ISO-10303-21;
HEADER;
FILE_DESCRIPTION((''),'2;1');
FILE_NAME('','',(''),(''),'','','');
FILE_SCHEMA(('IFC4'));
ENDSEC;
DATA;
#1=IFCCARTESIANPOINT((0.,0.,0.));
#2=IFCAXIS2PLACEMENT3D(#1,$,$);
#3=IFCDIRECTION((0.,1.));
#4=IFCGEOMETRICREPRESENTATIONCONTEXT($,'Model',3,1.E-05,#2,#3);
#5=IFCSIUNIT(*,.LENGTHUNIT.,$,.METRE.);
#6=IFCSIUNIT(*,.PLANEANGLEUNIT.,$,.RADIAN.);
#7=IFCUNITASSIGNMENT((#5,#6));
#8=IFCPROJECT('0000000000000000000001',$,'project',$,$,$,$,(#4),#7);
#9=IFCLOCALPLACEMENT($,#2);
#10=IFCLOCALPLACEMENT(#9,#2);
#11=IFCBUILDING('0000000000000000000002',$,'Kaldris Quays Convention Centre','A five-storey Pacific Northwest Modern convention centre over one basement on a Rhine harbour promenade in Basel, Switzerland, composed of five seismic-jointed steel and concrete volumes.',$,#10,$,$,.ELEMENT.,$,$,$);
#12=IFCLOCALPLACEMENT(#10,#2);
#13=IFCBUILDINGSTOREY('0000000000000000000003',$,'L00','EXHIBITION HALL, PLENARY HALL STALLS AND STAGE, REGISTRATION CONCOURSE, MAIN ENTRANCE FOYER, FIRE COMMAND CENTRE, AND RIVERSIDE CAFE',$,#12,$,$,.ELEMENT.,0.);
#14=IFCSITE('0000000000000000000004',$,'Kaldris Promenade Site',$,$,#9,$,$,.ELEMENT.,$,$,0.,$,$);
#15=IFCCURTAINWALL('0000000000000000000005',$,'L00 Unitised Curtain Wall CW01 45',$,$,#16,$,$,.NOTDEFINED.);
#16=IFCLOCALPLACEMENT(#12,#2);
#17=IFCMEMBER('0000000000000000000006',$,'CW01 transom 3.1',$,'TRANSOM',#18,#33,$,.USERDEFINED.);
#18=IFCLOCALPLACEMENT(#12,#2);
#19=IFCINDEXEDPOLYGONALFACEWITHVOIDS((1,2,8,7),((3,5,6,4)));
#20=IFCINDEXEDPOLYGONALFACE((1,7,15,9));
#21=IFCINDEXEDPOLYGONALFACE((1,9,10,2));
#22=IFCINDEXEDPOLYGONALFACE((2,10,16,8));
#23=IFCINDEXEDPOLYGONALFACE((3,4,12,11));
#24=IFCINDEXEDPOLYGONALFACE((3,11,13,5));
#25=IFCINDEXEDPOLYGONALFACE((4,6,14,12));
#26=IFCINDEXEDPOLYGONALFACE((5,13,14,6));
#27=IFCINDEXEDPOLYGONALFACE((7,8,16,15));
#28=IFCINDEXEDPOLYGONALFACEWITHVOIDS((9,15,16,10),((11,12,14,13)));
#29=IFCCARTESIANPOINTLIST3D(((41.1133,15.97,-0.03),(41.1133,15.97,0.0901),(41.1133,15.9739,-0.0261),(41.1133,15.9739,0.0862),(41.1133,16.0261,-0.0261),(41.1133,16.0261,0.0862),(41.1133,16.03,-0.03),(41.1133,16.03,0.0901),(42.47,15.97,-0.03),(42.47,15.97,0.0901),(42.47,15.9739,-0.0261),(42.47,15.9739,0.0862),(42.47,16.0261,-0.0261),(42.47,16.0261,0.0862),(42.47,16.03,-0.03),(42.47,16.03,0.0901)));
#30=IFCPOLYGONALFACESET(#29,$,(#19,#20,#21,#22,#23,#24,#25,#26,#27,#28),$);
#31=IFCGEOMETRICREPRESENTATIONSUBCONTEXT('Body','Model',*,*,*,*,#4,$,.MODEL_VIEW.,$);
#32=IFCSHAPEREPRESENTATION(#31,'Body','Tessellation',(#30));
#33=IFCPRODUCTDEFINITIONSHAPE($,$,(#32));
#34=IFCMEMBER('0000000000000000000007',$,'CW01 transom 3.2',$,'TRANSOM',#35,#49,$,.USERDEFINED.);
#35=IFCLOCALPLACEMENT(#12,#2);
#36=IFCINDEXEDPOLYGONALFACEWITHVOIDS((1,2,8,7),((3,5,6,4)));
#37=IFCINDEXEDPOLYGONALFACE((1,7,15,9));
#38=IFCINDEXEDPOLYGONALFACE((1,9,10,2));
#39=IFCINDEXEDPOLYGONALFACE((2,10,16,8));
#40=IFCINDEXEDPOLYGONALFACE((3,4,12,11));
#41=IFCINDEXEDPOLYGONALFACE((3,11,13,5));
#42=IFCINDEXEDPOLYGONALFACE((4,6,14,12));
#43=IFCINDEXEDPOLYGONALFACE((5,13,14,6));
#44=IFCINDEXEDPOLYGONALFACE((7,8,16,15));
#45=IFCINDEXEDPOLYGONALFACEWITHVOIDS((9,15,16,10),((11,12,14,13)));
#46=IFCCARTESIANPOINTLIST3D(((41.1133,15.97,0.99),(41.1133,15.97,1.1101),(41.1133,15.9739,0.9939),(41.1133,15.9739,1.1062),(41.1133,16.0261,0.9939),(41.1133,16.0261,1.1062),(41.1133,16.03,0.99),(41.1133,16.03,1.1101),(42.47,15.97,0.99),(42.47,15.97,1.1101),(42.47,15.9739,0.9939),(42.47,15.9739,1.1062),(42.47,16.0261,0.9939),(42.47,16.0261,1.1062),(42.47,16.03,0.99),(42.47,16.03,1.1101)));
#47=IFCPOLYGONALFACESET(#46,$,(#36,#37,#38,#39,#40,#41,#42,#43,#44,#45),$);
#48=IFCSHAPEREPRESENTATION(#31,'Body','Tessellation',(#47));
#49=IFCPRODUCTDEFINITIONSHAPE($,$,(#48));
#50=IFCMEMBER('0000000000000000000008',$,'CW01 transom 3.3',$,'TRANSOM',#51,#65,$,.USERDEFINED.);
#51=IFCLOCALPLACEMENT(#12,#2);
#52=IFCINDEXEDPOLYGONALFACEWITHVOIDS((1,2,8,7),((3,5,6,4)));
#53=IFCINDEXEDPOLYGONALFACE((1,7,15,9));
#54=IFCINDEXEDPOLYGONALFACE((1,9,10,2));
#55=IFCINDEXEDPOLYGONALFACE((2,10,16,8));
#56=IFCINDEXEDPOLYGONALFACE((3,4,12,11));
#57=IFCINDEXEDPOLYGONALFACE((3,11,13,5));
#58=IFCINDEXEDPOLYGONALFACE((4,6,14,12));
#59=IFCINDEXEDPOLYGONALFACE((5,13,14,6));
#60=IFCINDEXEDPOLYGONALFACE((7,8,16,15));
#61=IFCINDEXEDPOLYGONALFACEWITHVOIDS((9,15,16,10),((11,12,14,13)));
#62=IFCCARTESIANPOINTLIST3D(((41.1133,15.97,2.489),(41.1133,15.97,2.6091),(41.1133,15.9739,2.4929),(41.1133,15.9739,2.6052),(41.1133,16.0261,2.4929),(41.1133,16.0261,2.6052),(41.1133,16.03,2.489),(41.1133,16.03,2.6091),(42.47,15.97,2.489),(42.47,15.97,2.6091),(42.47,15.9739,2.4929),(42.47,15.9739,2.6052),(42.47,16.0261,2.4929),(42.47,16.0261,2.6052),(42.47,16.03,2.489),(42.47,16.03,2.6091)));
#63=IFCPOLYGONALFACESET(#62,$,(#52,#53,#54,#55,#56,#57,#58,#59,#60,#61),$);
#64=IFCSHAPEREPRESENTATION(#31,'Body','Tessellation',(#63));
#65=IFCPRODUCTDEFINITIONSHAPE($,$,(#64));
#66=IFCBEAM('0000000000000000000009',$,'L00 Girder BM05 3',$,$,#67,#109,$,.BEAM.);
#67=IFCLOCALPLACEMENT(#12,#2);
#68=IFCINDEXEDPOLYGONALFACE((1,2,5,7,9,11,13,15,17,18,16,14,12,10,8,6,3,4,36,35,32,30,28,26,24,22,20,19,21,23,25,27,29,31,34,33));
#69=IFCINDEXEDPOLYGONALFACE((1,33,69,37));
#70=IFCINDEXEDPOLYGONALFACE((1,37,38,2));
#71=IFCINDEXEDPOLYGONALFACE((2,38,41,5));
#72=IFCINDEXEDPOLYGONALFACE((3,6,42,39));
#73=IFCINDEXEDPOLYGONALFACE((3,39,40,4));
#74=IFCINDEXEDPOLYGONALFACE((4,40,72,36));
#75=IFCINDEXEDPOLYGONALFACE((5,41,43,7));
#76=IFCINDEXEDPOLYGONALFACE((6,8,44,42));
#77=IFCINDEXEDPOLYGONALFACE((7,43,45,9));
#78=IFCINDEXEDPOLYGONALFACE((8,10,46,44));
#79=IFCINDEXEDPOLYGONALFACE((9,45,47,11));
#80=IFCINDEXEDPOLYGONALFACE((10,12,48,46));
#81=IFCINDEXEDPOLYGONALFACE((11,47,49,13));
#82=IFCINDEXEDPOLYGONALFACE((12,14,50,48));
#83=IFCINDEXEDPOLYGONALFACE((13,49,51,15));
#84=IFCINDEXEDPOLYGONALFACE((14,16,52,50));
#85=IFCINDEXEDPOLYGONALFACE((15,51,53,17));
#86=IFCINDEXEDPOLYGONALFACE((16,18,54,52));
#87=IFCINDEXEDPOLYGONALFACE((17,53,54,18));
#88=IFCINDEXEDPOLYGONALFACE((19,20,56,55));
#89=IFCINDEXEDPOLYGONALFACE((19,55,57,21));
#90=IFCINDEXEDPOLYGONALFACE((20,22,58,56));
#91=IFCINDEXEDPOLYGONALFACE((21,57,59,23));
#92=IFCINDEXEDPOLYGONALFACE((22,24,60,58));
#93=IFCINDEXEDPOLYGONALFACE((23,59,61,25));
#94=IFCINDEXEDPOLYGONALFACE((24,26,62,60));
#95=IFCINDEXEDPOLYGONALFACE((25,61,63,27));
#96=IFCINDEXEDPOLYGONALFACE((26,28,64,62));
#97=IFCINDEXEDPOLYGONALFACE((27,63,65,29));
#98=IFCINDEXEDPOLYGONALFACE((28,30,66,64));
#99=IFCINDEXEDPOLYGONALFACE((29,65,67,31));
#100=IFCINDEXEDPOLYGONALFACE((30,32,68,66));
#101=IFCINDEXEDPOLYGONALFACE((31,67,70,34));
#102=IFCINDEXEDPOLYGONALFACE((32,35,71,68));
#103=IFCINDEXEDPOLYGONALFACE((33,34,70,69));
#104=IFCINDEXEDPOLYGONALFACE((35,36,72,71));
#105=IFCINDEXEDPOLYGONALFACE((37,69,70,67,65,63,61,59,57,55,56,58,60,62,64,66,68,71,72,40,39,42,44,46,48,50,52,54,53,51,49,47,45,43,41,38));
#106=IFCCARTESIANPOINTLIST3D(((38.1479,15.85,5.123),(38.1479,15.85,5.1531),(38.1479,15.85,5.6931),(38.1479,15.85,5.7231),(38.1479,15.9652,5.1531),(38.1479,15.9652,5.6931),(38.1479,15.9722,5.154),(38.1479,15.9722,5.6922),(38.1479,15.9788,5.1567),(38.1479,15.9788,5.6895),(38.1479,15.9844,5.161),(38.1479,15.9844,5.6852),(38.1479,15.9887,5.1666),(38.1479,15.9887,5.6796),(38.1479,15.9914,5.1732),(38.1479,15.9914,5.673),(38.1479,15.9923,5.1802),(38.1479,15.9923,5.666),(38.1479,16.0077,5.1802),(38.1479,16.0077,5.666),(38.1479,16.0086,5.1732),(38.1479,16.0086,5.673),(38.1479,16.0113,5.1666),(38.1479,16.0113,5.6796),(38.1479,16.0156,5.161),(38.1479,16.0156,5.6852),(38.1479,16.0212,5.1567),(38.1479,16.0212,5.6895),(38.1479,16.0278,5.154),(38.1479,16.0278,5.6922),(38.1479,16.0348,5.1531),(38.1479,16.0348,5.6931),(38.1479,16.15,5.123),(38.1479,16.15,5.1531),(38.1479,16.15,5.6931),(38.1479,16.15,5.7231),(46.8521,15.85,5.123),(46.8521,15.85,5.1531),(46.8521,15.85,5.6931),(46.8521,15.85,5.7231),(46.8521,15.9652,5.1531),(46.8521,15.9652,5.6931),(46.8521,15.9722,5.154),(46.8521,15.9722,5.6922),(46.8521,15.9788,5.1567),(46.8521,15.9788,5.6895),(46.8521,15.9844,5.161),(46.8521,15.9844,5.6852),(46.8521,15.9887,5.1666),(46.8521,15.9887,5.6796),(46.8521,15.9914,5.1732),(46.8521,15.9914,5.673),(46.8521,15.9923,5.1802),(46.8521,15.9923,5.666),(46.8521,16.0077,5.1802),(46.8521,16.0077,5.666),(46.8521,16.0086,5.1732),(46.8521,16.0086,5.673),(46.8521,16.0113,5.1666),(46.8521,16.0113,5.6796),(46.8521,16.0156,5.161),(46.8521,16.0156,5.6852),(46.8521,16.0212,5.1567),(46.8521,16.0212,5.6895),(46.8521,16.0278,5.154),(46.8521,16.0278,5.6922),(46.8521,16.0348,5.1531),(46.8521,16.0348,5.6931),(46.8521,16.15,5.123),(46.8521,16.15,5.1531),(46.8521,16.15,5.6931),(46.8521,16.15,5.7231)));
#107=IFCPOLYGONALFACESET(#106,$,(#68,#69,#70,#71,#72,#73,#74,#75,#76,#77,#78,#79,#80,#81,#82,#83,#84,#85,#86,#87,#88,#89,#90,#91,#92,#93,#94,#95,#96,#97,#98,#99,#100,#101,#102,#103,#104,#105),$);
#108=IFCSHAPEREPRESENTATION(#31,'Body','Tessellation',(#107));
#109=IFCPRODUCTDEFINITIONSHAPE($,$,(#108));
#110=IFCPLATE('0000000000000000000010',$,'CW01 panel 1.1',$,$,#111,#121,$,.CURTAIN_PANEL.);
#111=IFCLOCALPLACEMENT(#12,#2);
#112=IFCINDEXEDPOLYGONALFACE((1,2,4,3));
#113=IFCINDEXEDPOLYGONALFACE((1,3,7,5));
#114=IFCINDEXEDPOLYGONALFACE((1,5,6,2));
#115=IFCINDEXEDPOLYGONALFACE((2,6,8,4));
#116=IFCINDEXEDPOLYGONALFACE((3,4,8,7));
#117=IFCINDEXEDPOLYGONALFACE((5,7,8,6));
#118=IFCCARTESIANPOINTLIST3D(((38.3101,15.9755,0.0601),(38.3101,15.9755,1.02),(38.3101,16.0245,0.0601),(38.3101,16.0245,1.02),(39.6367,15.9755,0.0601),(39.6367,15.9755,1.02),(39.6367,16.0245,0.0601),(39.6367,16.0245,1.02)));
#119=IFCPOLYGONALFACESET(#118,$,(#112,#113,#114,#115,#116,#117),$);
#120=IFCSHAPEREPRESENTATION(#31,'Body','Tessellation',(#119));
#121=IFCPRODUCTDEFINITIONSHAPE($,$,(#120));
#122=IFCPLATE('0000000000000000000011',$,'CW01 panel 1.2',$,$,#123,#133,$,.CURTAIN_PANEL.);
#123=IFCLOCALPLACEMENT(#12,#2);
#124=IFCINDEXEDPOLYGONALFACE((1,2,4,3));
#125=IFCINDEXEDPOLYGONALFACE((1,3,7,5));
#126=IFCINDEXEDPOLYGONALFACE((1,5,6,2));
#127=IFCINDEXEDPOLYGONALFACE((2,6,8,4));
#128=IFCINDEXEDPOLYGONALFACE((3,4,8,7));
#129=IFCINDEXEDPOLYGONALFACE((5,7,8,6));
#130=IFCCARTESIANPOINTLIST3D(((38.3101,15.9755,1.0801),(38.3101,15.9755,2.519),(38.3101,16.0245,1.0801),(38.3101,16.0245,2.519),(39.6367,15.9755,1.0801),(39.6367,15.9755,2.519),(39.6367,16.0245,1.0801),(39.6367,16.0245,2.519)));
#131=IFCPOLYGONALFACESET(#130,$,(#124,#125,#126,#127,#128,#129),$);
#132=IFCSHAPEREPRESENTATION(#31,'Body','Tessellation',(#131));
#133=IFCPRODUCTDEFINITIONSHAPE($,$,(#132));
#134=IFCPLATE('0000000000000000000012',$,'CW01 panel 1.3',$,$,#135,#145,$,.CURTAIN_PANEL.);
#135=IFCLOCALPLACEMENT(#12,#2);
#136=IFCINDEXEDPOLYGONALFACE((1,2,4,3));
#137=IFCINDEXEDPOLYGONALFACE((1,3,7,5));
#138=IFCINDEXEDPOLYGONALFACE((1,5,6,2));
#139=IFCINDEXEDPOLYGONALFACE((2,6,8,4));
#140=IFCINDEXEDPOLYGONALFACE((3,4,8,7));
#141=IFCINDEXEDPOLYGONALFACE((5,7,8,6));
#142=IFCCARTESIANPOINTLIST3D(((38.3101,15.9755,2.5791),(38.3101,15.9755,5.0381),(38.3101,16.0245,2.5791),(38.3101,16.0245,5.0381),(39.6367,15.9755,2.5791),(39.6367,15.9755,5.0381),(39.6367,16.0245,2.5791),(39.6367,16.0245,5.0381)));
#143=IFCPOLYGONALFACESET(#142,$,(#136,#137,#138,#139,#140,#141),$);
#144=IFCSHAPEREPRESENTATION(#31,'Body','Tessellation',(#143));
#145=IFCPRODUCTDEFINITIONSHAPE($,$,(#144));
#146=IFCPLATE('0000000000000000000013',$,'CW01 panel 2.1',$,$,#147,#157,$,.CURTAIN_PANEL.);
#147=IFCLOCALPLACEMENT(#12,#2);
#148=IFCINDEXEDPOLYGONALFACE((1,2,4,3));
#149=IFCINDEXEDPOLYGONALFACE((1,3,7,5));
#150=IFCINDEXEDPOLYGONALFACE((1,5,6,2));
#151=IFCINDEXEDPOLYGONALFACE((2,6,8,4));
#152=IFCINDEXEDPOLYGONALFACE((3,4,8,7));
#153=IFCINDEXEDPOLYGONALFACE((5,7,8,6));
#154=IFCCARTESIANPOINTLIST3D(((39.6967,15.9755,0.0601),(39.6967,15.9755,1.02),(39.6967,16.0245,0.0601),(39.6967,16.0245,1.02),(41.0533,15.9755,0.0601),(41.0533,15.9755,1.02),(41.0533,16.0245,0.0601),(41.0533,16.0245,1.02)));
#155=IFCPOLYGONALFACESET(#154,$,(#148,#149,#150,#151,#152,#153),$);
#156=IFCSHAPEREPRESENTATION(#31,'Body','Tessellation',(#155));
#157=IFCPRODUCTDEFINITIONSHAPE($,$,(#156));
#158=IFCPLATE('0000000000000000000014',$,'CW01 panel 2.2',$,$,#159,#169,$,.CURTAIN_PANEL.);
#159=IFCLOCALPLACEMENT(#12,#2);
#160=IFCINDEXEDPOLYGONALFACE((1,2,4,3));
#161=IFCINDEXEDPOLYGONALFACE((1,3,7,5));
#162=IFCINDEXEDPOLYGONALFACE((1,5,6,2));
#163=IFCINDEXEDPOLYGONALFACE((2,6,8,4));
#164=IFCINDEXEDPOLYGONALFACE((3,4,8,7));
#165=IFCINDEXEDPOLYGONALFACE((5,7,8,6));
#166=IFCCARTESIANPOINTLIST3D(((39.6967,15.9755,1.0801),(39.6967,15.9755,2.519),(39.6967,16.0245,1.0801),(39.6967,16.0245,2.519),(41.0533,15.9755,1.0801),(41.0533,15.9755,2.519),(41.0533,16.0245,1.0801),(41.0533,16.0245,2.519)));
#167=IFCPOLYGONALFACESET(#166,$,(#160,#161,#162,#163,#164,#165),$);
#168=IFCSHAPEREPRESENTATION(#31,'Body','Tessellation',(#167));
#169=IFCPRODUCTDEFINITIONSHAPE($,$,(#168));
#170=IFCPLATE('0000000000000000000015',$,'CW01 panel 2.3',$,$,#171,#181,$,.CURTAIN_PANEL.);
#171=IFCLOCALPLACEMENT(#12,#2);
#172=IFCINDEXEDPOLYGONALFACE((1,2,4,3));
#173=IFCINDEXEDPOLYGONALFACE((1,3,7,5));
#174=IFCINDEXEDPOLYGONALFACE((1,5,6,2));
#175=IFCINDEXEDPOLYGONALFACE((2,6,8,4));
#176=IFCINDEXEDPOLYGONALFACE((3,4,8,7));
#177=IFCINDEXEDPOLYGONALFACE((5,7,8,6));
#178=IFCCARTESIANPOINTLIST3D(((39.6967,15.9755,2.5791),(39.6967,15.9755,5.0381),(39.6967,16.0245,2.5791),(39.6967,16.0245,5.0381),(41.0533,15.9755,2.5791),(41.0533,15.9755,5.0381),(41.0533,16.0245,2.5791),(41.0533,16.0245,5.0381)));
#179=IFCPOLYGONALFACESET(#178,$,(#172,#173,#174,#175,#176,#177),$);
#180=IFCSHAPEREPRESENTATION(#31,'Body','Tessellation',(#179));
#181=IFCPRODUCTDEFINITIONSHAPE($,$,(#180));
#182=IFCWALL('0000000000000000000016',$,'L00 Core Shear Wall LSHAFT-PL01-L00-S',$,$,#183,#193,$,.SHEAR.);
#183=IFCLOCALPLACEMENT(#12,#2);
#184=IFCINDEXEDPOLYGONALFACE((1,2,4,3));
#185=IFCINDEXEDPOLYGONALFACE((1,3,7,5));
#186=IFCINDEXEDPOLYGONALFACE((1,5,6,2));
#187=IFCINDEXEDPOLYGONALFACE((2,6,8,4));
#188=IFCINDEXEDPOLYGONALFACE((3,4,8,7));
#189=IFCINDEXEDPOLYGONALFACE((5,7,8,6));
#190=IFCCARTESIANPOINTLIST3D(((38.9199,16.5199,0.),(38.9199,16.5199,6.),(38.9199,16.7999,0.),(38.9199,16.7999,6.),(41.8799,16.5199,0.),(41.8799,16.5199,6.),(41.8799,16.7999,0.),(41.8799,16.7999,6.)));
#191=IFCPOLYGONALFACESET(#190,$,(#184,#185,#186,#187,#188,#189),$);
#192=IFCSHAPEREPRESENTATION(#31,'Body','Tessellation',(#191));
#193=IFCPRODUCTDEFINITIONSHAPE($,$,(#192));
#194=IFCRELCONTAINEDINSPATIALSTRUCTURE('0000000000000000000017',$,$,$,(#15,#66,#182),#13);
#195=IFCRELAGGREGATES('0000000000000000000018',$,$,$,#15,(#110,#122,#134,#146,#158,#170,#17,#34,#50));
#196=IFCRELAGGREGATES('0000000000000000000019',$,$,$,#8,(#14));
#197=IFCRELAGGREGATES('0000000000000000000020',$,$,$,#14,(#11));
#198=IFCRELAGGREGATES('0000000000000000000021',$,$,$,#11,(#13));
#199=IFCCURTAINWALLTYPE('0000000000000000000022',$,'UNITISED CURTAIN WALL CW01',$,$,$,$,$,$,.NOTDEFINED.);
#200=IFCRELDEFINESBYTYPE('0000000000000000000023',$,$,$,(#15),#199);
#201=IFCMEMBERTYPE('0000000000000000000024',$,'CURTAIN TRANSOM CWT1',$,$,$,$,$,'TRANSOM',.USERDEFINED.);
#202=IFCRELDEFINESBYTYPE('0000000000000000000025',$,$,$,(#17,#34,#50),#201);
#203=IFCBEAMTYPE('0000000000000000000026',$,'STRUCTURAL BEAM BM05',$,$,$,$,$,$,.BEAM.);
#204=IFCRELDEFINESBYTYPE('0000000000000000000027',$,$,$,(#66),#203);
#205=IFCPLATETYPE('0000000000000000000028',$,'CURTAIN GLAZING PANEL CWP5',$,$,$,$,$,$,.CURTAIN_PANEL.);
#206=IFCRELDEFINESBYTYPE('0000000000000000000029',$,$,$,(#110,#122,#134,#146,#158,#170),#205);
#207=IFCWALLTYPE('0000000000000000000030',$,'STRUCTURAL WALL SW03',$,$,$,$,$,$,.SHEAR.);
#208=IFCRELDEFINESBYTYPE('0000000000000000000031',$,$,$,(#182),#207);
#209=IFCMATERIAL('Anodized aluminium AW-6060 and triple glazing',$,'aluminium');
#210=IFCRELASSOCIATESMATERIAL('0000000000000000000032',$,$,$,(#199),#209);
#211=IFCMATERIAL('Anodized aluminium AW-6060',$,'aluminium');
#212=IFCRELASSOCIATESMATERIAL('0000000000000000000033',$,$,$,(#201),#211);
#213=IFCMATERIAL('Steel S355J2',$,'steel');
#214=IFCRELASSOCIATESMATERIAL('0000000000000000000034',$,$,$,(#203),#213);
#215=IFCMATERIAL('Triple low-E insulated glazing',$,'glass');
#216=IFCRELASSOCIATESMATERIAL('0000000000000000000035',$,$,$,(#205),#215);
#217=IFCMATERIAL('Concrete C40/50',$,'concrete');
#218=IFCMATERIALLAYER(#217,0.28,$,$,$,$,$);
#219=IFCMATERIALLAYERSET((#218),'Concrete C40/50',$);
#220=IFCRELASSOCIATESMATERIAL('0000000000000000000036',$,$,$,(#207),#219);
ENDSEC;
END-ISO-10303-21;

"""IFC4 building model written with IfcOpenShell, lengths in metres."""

from ifc_helpers import new_model, si_unit, direction, frame, frame_2d, origin, origin_2d, place, context, subcontext, project, spatial, rectangle, hollow_rectangle, i_section, extrude, material, layer, layer_set, material_profile, profile_set, type_object, element, aggregate, save


model = new_model("IFC4")

# Units and contexts
model_context = context("Model", 3, precision=1e-05, world=origin(), true_north=direction((0.0, 1.0)))
body_context = subcontext(model_context, "Body", "Model", "MODEL_VIEW")
ifc_project = project(units=[si_unit("LENGTHUNIT", "METRE"), si_unit("PLANEANGLEUNIT", "RADIAN")], contexts=[model_context])

# Site, building, storey
site_placement = place(None, origin())
site = spatial("IfcSite", under=ifc_project, at=site_placement, Name="Kaldris Promenade Site", CompositionType="ELEMENT", RefElevation=0.0)
building_placement = place(site_placement, origin())
building = spatial("IfcBuilding", under=site, at=building_placement, Name="Kaldris Quays Convention Centre", Description="A five-storey Pacific Northwest Modern convention centre over one basement on a Rhine harbour promenade in Basel, Switzerland, composed of five seismic-jointed steel and concrete volumes.", CompositionType="ELEMENT")
storey_placement = place(building_placement, origin())
storey = spatial("IfcBuildingStorey", under=building, at=storey_placement, Name="L00", Description="EXHIBITION HALL, PLENARY HALL STALLS AND STAGE, REGISTRATION CONCOURSE, MAIN ENTRANCE FOYER, FIRE COMMAND CENTRE, AND RIVERSIDE CAFE", CompositionType="ELEMENT", Elevation=0.0)

# Curtain wall, members
ifc_material_1 = material(Name="Anodized aluminium AW-6060 and triple glazing", Category="aluminium")
curtain_wall_type = type_object("IfcCurtainWallType", Name="UNITISED CURTAIN WALL CW01", PredefinedType="NOTDEFINED", material=ifc_material_1)
curtain_wall_placement = place(storey_placement, origin())
curtain_wall = element("IfcCurtainWall", 1, at=curtain_wall_placement, inside=storey, type_object=curtain_wall_type, Name="L00 Unitised Curtain Wall CW01 45", PredefinedType="NOTDEFINED")
ifc_material_2 = material(Name="Anodized aluminium AW-6060", Category="aluminium")
ifc_material_profile_1 = material_profile(ifc_material_2, hollow_rectangle(XDim=0.0601, YDim=0.1201, WallThickness=0.0039, at=origin_2d()), Name="RHS 120x60x4")
ifc_profile_set_1 = profile_set([ifc_material_profile_1], Name="Anodized aluminium AW-6060")
member_type_1 = type_object("IfcMemberType", Name="CURTAIN TRANSOM CWT1", ElementType="TRANSOM", PredefinedType="USERDEFINED", material=ifc_profile_set_1)
member_1_placement = place(storey_placement, frame((41.1133, 16.0, 0.03), z_axis=(1.0, 0.0, 0.0), x_axis=(0.0, 1.0, 0.0)))
member_1 = element("IfcMember", 2, at=member_1_placement, type_object=member_type_1, Name="CW01 transom 3.1", ObjectType="TRANSOM", PredefinedType="USERDEFINED", context=body_context, shape_type="SweptSolid", body=[
    extrude(hollow_rectangle(XDim=0.0601, YDim=0.1201, WallThickness=0.0039, at=origin_2d()), origin(), (0.0, 0.0, 1.0), 1.3567),
])
member_2_placement = place(storey_placement, frame((41.1133, 16.0, 1.05), z_axis=(1.0, 0.0, 0.0), x_axis=(0.0, 1.0, 0.0)))
member_2 = element("IfcMember", 3, at=member_2_placement, type_object=member_type_1, Name="CW01 transom 3.2", ObjectType="TRANSOM", PredefinedType="USERDEFINED", context=body_context, shape_type="SweptSolid", body=[
    extrude(hollow_rectangle(XDim=0.0601, YDim=0.1201, WallThickness=0.0039, at=origin_2d()), origin(), (0.0, 0.0, 1.0), 1.3567),
])
member_3_placement = place(storey_placement, frame((41.1133, 16.0, 2.5491), z_axis=(1.0, 0.0, 0.0), x_axis=(0.0, 1.0, 0.0)))
member_3 = element("IfcMember", 4, at=member_3_placement, type_object=member_type_1, Name="CW01 transom 3.3", ObjectType="TRANSOM", PredefinedType="USERDEFINED", context=body_context, shape_type="SweptSolid", body=[
    extrude(hollow_rectangle(XDim=0.0601, YDim=0.1201, WallThickness=0.0039, at=origin_2d()), origin(), (0.0, 0.0, 1.0), 1.3567),
])

# Beam
ifc_material_3 = material(Name="Steel S355J2", Category="steel")
ifc_material_profile_2 = material_profile(ifc_material_3, i_section(OverallWidth=0.3, OverallDepth=0.6001, WebThickness=0.0154, FlangeThickness=0.03, FilletRadius=0.0271, at=origin_2d()), Name="HEB 600")
ifc_profile_set_2 = profile_set([ifc_material_profile_2], Name="Steel S355J2")
beam_type = type_object("IfcBeamType", Name="STRUCTURAL BEAM BM05", PredefinedType="BEAM", material=ifc_profile_set_2)
beam_placement = place(storey_placement, frame((38.1479, 16.0, 5.4231), z_axis=(1.0, 0.0, 0.0), x_axis=(0.0, 1.0, 0.0)))
element("IfcBeam", 5, at=beam_placement, inside=storey, type_object=beam_type, Name="L00 Girder BM05 3", PredefinedType="BEAM", context=body_context, shape_type="SweptSolid", body=[
    extrude(i_section(OverallWidth=0.3, OverallDepth=0.6001, WebThickness=0.0154, FlangeThickness=0.03, FilletRadius=0.0271, at=origin_2d()), origin(), (0.0, 0.0, 1.0), 8.7041),
])

# Plates
ifc_material_4 = material(Name="Triple low-E insulated glazing", Category="glass")
plate_type = type_object("IfcPlateType", Name="CURTAIN GLAZING PANEL CWP5", PredefinedType="CURTAIN_PANEL", material=ifc_material_4)
plate_1_placement = place(storey_placement, frame((38.9734, 16.0, 0.0601), z_axis=(0.0, 0.0, 1.0), x_axis=(1.0, 0.0, 0.0)))
plate_1 = element("IfcPlate", 6, at=plate_1_placement, type_object=plate_type, Name="CW01 panel 1.1", PredefinedType="CURTAIN_PANEL", context=body_context, shape_type="SweptSolid", body=[
    extrude(rectangle(XDim=1.3267, YDim=0.0491, at=origin_2d()), origin(), (0.0, 0.0, 1.0), 0.96),
])
plate_2_placement = place(storey_placement, frame((38.9734, 16.0, 1.0801), z_axis=(0.0, 0.0, 1.0), x_axis=(1.0, 0.0, 0.0)))
plate_2 = element("IfcPlate", 7, at=plate_2_placement, type_object=plate_type, Name="CW01 panel 1.2", PredefinedType="CURTAIN_PANEL", context=body_context, shape_type="SweptSolid", body=[
    extrude(rectangle(XDim=1.3267, YDim=0.0491, at=origin_2d()), origin(), (0.0, 0.0, 1.0), 1.439),
])
plate_3_placement = place(storey_placement, frame((38.9734, 16.0, 2.5791), z_axis=(0.0, 0.0, 1.0), x_axis=(1.0, 0.0, 0.0)))
plate_3 = element("IfcPlate", 8, at=plate_3_placement, type_object=plate_type, Name="CW01 panel 1.3", PredefinedType="CURTAIN_PANEL", context=body_context, shape_type="SweptSolid", body=[
    extrude(rectangle(XDim=1.3267, YDim=0.0491, at=origin_2d()), origin(), (0.0, 0.0, 1.0), 2.459),
])
plate_4_placement = place(storey_placement, frame((40.375, 16.0, 0.0601), z_axis=(0.0, 0.0, 1.0), x_axis=(1.0, 0.0, 0.0)))
plate_4 = element("IfcPlate", 9, at=plate_4_placement, type_object=plate_type, Name="CW01 panel 2.1", PredefinedType="CURTAIN_PANEL", context=body_context, shape_type="SweptSolid", body=[
    extrude(rectangle(XDim=1.3567, YDim=0.0491, at=origin_2d()), origin(), (0.0, 0.0, 1.0), 0.96),
])
plate_5_placement = place(storey_placement, frame((40.375, 16.0, 1.0801), z_axis=(0.0, 0.0, 1.0), x_axis=(1.0, 0.0, 0.0)))
plate_5 = element("IfcPlate", 10, at=plate_5_placement, type_object=plate_type, Name="CW01 panel 2.2", PredefinedType="CURTAIN_PANEL", context=body_context, shape_type="SweptSolid", body=[
    extrude(rectangle(XDim=1.3567, YDim=0.0491, at=origin_2d()), origin(), (0.0, 0.0, 1.0), 1.439),
])
plate_6_placement = place(storey_placement, frame((40.375, 16.0, 2.5791), z_axis=(0.0, 0.0, 1.0), x_axis=(1.0, 0.0, 0.0)))
plate_6 = element("IfcPlate", 11, at=plate_6_placement, type_object=plate_type, Name="CW01 panel 2.3", PredefinedType="CURTAIN_PANEL", context=body_context, shape_type="SweptSolid", body=[
    extrude(rectangle(XDim=1.3567, YDim=0.0491, at=origin_2d()), origin(), (0.0, 0.0, 1.0), 2.459),
])
aggregate(curtain_wall, [plate_1, plate_2, plate_3, plate_4, plate_5, plate_6, member_1, member_2, member_3])

# Wall
ifc_material_5 = material(Name="Concrete C40/50", Category="concrete")
ifc_layer = layer(ifc_material_5, 0.28)
ifc_layer_set = layer_set([ifc_layer], Name="Concrete C40/50")
wall_type = type_object("IfcWallType", Name="STRUCTURAL WALL SW03", PredefinedType="SHEAR", material=ifc_layer_set)
wall_1_placement = place(storey_placement, frame((38.9199, 16.6599, 0.0), z_axis=(0.0, 0.0, 1.0), x_axis=(1.0, 0.0, 0.0)))
element("IfcWall", 12, at=wall_1_placement, inside=storey, type_object=wall_type, Name="L00 Core Shear Wall LSHAFT-PL01-L00-S", PredefinedType="SHEAR", context=body_context, shape_type="SweptSolid", body=[
    extrude(rectangle(XDim=2.96, YDim=0.28, at=frame_2d((1.48, 0.0))), origin(), (0.0, 0.0, 1.0), 6.0),
])

save(model, "model.ifc")
